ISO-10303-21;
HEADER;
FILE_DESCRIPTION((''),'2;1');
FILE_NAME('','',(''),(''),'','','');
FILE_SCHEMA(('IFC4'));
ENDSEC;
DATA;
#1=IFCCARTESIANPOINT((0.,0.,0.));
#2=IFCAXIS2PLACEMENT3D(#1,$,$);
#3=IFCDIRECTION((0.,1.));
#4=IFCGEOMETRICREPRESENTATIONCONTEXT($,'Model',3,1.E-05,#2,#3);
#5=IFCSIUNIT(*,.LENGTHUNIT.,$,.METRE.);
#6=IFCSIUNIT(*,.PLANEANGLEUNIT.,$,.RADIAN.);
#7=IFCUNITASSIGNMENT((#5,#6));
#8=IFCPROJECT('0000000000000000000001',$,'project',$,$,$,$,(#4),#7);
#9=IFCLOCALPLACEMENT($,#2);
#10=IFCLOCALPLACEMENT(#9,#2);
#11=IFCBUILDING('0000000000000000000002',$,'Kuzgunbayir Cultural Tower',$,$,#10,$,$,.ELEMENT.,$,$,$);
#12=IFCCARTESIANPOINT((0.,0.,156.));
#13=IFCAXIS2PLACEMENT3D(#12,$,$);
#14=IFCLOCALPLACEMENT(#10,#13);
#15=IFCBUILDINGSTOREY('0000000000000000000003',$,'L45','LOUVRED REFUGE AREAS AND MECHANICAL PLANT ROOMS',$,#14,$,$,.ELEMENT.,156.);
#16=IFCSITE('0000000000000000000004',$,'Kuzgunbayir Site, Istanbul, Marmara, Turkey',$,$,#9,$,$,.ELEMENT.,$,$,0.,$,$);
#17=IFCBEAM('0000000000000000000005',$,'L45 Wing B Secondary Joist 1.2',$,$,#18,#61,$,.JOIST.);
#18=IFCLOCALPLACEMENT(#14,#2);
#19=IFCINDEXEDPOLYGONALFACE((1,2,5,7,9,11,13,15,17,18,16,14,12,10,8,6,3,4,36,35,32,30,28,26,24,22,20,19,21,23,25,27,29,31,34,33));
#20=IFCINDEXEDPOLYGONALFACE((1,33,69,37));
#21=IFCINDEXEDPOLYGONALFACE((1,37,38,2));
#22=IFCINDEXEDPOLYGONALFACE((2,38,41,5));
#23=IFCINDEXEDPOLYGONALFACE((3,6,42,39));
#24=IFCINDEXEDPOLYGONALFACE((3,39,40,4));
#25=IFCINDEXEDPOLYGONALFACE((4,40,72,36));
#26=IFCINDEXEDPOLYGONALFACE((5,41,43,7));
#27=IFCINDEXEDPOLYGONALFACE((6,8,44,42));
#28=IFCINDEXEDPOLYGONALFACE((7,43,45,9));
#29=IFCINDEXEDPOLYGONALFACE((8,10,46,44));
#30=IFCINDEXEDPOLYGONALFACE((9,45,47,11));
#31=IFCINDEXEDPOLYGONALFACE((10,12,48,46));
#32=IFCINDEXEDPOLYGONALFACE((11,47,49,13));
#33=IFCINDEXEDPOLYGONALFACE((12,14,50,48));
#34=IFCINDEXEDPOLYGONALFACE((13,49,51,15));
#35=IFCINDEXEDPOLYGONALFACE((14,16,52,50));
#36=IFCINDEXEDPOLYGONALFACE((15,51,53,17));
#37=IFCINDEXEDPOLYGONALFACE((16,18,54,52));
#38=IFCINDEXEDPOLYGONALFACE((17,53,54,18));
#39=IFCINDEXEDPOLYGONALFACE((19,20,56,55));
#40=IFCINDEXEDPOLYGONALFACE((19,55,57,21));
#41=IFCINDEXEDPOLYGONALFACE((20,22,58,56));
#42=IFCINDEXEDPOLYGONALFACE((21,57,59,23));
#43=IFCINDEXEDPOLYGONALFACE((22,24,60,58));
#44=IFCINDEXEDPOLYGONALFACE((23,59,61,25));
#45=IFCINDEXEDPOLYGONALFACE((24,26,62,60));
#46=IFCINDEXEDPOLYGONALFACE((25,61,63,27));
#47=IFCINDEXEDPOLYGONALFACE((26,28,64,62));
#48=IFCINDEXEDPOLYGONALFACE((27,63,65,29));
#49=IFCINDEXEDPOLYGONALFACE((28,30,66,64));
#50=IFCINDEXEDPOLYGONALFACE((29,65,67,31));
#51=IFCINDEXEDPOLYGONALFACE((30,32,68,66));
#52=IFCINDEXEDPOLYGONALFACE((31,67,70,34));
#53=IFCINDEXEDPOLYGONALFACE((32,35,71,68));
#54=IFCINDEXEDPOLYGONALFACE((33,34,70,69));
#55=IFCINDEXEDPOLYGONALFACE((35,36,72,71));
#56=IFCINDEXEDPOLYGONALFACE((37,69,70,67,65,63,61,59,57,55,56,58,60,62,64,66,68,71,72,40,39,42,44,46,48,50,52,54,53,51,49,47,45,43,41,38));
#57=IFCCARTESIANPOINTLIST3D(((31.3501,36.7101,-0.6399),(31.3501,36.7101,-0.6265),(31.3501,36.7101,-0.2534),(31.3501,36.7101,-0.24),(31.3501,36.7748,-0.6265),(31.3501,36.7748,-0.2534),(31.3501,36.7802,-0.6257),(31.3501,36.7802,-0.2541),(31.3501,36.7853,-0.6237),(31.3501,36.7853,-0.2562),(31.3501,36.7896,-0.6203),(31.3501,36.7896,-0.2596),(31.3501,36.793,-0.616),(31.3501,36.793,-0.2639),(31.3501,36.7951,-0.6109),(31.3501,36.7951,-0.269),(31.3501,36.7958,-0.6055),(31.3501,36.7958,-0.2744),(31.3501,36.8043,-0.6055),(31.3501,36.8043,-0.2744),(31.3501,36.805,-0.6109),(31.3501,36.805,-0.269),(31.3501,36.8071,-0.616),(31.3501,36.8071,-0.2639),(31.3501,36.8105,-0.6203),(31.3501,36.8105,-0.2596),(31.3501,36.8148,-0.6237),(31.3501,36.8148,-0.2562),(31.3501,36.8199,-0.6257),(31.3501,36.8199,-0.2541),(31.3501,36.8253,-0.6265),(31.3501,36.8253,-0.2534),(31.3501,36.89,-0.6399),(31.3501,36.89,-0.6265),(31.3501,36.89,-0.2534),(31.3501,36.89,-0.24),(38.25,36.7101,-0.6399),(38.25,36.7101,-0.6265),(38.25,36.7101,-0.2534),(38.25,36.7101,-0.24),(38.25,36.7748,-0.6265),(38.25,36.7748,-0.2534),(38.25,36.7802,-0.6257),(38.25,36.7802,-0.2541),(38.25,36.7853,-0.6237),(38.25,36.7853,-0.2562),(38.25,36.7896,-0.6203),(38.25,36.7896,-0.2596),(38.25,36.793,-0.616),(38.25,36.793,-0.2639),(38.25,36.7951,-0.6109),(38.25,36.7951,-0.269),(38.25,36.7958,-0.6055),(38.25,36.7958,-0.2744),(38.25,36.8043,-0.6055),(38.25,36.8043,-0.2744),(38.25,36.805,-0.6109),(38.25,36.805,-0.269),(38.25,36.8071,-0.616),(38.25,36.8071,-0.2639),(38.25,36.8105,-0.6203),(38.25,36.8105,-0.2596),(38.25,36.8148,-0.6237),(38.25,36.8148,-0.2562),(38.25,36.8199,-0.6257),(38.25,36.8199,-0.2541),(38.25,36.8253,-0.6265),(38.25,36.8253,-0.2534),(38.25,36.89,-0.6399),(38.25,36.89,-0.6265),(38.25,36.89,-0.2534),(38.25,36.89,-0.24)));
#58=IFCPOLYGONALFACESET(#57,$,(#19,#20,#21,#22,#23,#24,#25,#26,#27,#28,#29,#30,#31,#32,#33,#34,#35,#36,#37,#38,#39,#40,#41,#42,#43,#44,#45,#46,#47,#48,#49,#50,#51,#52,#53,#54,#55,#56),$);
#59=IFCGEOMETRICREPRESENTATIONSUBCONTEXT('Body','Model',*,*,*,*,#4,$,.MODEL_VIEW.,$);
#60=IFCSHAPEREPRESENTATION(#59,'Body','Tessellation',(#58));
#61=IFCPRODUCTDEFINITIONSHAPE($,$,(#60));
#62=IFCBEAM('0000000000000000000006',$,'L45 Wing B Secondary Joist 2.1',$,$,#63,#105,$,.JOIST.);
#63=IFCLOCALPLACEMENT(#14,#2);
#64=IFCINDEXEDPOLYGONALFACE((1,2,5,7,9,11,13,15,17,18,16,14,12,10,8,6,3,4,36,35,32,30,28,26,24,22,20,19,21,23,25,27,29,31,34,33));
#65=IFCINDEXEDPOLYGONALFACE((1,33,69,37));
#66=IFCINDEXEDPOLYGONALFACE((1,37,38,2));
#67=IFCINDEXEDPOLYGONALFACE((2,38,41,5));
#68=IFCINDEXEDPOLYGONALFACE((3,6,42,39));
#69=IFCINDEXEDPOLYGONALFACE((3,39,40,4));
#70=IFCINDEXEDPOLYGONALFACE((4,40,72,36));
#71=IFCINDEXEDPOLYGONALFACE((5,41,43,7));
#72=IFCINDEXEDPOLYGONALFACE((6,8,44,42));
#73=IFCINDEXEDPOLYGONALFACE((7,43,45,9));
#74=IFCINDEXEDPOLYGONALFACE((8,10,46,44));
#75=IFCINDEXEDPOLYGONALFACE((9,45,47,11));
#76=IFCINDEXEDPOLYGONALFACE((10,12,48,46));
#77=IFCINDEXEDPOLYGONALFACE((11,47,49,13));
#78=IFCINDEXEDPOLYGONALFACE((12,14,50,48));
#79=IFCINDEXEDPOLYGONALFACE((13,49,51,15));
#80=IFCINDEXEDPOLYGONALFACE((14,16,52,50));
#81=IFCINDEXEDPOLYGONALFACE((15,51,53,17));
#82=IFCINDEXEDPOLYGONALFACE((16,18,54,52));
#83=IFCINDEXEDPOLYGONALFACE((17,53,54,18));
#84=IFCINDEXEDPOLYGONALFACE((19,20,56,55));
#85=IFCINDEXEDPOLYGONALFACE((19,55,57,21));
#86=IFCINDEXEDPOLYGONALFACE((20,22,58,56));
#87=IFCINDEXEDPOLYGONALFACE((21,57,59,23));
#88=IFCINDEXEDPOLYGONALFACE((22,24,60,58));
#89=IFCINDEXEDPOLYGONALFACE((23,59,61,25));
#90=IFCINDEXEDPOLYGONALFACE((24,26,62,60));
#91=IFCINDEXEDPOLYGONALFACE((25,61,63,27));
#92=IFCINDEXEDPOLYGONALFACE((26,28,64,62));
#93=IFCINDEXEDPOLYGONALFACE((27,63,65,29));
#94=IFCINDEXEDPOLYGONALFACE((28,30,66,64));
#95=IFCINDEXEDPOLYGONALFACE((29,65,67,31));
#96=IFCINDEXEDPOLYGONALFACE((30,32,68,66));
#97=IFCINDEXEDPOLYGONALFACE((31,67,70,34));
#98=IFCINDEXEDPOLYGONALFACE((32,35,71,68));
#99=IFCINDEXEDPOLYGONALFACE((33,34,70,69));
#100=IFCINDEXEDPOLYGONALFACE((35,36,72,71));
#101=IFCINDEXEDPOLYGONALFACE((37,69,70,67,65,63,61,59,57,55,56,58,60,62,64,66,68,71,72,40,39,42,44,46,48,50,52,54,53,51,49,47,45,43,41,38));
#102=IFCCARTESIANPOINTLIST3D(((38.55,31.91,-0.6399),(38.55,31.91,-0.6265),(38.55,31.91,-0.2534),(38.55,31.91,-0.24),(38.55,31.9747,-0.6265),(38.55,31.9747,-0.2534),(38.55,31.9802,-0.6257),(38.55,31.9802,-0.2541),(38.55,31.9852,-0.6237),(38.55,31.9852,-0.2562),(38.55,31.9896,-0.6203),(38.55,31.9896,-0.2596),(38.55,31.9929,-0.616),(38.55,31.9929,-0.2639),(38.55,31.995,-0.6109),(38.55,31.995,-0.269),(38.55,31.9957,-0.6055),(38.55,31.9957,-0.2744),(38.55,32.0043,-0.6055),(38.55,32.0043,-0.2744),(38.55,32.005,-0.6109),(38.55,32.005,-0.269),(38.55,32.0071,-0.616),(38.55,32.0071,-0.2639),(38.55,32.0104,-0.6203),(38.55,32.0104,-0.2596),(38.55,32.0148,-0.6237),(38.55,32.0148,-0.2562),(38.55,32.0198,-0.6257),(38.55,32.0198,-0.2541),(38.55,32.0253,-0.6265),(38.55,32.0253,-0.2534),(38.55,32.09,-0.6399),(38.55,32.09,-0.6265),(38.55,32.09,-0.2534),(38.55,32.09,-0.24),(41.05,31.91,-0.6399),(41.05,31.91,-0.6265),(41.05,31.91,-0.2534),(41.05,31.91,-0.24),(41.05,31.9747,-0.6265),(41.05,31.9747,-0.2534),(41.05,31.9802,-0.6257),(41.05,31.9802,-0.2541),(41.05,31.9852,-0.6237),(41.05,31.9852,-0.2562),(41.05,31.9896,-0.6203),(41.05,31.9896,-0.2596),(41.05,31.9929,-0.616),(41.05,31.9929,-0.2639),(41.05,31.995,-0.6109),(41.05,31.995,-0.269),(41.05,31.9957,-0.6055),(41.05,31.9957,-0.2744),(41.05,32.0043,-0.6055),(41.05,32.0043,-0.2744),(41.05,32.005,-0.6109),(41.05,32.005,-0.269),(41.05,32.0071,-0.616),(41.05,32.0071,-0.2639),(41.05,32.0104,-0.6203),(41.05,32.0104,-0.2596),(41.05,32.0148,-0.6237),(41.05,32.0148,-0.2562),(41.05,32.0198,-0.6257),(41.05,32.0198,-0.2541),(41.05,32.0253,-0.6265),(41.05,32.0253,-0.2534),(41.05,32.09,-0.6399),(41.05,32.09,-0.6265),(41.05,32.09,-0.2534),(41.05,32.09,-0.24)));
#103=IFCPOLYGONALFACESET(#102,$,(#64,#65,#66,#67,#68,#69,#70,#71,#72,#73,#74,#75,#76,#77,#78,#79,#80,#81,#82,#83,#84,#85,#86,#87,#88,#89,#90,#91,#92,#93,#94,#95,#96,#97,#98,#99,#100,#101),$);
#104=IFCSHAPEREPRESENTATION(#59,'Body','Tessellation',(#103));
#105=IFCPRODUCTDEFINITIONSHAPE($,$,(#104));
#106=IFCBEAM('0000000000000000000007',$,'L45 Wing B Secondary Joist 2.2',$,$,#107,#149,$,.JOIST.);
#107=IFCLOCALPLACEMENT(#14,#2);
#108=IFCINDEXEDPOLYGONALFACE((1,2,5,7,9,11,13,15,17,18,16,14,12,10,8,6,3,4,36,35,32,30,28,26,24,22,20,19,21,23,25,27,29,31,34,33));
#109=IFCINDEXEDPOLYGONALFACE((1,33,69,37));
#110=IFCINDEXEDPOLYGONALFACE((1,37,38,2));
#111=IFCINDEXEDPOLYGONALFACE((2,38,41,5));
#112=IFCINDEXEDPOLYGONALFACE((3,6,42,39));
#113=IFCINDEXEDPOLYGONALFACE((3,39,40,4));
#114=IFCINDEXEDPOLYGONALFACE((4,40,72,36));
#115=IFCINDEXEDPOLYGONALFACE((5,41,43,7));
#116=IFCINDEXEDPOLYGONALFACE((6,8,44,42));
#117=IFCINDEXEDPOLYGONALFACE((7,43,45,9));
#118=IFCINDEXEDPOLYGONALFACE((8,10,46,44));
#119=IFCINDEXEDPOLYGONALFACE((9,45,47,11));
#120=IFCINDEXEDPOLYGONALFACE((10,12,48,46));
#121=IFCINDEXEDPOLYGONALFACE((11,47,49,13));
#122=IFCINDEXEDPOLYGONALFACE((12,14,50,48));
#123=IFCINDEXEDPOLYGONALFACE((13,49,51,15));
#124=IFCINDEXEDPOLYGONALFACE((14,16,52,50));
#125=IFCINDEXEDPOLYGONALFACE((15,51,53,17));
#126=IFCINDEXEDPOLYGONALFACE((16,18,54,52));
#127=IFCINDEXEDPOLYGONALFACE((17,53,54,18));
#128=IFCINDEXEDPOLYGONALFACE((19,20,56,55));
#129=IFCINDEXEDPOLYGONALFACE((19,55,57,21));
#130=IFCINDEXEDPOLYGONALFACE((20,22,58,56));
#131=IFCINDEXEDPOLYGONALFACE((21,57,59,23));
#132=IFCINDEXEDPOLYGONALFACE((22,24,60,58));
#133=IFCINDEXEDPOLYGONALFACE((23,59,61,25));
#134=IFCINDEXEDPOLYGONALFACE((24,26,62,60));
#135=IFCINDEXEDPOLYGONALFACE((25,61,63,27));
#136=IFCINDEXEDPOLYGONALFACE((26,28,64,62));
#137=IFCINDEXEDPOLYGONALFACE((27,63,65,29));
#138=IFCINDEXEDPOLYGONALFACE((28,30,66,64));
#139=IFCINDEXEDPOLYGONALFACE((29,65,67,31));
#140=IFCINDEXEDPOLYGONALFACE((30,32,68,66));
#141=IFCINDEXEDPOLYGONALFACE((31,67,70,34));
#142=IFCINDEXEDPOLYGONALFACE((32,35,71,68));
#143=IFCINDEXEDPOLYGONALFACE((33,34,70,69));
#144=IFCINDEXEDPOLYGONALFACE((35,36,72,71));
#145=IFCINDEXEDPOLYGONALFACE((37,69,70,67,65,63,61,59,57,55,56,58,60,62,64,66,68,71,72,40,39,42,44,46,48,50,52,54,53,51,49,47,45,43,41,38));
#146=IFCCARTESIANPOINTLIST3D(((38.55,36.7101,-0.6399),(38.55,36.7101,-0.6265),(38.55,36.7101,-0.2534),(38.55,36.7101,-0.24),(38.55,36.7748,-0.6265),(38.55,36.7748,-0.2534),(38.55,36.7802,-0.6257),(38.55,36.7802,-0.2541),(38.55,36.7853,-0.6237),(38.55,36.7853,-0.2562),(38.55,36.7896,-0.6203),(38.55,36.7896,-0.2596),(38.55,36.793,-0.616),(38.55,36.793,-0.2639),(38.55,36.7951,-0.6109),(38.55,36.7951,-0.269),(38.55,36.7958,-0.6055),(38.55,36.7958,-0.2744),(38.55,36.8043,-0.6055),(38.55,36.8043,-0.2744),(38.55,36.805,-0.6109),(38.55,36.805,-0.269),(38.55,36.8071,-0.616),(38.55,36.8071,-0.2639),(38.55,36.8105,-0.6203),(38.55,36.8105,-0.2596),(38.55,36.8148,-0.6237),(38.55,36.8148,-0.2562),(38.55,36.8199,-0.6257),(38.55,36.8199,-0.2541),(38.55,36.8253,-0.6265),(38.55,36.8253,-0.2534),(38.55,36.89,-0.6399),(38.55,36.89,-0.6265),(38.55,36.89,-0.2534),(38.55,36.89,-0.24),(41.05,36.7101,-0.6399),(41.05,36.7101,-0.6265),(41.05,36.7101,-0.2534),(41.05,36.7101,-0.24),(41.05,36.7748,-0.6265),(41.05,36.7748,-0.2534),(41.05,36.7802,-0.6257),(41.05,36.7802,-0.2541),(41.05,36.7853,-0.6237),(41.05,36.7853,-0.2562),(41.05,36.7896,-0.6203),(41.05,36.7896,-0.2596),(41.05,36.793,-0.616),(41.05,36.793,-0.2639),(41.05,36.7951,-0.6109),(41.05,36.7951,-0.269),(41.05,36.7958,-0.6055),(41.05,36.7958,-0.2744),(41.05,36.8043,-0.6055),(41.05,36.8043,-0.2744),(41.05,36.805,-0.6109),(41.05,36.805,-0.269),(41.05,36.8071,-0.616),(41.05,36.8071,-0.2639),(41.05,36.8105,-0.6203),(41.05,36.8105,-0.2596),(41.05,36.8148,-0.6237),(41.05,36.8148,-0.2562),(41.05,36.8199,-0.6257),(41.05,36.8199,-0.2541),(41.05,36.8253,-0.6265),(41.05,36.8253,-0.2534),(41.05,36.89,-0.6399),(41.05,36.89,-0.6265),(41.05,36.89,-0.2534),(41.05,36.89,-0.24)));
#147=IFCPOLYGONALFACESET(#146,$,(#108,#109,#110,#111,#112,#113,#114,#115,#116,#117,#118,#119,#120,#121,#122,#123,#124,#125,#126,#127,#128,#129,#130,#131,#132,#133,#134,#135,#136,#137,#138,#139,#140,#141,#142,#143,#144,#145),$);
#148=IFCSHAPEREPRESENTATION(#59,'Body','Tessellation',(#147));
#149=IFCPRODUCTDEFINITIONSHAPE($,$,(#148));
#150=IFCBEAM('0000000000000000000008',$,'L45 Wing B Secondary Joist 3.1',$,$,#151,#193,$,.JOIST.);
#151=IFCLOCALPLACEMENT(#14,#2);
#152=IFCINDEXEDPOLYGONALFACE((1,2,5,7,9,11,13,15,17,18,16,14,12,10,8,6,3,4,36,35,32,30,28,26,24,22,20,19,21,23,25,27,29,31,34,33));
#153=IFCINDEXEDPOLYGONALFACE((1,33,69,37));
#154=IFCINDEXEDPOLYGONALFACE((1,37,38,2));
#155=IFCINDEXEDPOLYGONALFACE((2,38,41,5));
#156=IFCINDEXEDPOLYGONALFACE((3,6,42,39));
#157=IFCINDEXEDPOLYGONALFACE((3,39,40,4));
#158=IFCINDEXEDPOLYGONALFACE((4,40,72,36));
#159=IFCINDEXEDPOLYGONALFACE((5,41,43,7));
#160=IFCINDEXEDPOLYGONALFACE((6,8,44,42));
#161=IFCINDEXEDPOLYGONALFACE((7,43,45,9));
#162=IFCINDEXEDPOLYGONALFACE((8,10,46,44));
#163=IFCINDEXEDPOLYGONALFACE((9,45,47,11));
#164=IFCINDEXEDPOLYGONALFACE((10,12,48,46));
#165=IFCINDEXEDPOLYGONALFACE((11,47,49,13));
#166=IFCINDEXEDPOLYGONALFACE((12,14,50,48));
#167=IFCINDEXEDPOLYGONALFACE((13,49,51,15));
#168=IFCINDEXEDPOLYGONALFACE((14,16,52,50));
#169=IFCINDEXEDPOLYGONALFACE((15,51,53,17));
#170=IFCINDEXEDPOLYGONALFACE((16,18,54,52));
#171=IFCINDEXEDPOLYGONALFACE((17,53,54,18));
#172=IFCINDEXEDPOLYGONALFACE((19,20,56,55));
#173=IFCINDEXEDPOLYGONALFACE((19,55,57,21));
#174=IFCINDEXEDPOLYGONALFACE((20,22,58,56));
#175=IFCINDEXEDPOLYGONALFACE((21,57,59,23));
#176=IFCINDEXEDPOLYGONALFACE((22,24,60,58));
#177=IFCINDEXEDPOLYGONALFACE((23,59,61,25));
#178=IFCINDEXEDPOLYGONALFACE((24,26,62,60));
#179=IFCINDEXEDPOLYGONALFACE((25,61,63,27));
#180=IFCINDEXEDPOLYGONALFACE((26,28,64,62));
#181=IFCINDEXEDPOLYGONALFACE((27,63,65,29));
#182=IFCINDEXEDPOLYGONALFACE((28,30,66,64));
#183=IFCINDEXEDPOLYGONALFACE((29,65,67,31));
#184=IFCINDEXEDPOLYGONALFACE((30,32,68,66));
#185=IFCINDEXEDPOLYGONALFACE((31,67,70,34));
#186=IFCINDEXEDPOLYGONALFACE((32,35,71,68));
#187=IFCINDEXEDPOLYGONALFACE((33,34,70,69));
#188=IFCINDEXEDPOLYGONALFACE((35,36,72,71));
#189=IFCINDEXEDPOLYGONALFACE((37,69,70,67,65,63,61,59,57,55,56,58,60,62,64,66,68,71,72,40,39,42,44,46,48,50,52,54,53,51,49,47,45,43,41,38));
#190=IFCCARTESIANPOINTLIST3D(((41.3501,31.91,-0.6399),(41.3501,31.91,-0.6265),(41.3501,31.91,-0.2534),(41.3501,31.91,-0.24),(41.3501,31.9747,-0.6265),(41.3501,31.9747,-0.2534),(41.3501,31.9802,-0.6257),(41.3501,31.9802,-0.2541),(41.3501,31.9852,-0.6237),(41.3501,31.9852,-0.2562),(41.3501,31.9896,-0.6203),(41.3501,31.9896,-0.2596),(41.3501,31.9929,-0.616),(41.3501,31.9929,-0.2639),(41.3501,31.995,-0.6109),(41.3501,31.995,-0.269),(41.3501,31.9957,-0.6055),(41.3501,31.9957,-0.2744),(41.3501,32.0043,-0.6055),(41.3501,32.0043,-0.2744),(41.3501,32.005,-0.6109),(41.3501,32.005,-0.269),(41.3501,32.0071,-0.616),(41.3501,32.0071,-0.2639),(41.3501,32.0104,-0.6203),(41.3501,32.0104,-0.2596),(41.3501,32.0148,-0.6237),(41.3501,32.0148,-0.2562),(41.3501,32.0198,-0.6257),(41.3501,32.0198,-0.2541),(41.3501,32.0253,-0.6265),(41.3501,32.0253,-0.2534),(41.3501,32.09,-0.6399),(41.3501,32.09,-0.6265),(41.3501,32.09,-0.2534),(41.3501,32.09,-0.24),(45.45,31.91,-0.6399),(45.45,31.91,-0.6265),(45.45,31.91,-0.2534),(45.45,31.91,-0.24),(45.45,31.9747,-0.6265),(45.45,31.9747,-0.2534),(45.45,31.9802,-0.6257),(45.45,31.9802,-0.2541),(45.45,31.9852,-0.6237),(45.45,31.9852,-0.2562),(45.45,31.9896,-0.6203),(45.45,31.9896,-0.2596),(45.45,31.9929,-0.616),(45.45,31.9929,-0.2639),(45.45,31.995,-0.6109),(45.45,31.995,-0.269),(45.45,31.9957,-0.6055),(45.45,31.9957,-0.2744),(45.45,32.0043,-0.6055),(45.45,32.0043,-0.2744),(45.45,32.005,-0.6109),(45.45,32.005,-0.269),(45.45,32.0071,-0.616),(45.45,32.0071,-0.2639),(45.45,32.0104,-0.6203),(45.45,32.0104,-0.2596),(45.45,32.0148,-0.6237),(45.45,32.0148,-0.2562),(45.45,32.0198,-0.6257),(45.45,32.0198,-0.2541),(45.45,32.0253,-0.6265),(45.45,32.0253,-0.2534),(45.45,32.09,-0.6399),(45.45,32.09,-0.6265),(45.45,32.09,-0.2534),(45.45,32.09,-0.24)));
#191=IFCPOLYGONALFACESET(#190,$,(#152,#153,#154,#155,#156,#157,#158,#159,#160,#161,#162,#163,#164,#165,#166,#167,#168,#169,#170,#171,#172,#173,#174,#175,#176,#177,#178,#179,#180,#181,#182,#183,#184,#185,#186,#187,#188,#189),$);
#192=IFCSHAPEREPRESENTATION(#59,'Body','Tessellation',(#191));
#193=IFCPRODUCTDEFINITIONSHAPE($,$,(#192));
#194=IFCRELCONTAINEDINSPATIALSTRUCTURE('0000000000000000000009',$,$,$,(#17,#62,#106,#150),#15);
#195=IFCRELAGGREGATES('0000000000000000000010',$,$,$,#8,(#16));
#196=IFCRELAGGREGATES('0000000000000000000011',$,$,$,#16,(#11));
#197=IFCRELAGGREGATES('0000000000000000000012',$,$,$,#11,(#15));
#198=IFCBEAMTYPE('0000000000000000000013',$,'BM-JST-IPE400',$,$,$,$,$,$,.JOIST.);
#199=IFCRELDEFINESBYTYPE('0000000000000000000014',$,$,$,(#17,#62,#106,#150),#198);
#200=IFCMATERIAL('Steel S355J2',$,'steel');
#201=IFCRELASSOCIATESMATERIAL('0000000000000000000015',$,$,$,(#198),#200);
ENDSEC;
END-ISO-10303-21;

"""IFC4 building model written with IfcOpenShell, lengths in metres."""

from ifc_helpers import new_model, si_unit, direction, frame, origin, origin_2d, place, context, subcontext, project, spatial, i_section, extrude, material, material_profile, profile_set, type_object, element, save


model = new_model("IFC4")

# Units and contexts
model_context = context("Model", 3, precision=1e-05, world=origin(), true_north=direction((0.0, 1.0)))
body_context = subcontext(model_context, "Body", "Model", "MODEL_VIEW")
ifc_project = project(units=[si_unit("LENGTHUNIT", "METRE"), si_unit("PLANEANGLEUNIT", "RADIAN")], contexts=[model_context])

# Site, building, storey
site_placement = place(None, origin())
site = spatial("IfcSite", under=ifc_project, at=site_placement, Name="Kuzgunbayir Site, Istanbul, Marmara, Turkey", CompositionType="ELEMENT", RefElevation=0.0)
building_placement = place(site_placement, origin())
building = spatial("IfcBuilding", under=site, at=building_placement, Name="Kuzgunbayir Cultural Tower", CompositionType="ELEMENT")
storey_placement = place(building_placement, frame((0.0, 0.0, 156.0)))
storey = spatial("IfcBuildingStorey", under=building, at=storey_placement, Name="L45", Description="LOUVRED REFUGE AREAS AND MECHANICAL PLANT ROOMS", CompositionType="ELEMENT", Elevation=156.0)

# Beams
ifc_material_1 = material(Name="Steel S355J2", Category="steel")
ifc_material_profile_1 = material_profile(ifc_material_1, i_section(OverallWidth=0.1799, OverallDepth=0.3999, WebThickness=0.0085, FlangeThickness=0.0134, FilletRadius=0.021, at=origin_2d()), Name="IPE 400")
ifc_profile_set_1 = profile_set([ifc_material_profile_1], Name="Steel S355J2")
beam_type_1 = type_object("IfcBeamType", Name="BM-JST-IPE400", PredefinedType="JOIST", material=ifc_profile_set_1)
for number, where, z_axis, x_axis, name in (
    (1, (31.3501, 36.8, -0.4399), (1.0, 0.0, 0.0), (0.0, 1.0, 0.0), "L45 Wing B Secondary Joist 1.2"),
):
    element("IfcBeam", number, at=place(storey_placement, frame(where, z_axis=z_axis, x_axis=x_axis)), inside=storey, type_object=beam_type_1, Name=name, PredefinedType="JOIST", context=body_context, shape_type="SweptSolid", body=[
        extrude(i_section(OverallWidth=0.1799, OverallDepth=0.3999, WebThickness=0.0085, FlangeThickness=0.0134, FilletRadius=0.021, at=origin_2d()), origin(), (0.0, 0.0, 1.0), 6.8999),
    ])
for number, where, z_axis, x_axis, name in (
    (2, (38.55, 32.0, -0.4399), (1.0, 0.0, 0.0), (0.0, 1.0, 0.0), "L45 Wing B Secondary Joist 2.1"),
    (3, (38.55, 36.8, -0.4399), (1.0, 0.0, 0.0), (0.0, 1.0, 0.0), "L45 Wing B Secondary Joist 2.2"),
):
    element("IfcBeam", number, at=place(storey_placement, frame(where, z_axis=z_axis, x_axis=x_axis)), inside=storey, type_object=beam_type_1, Name=name, PredefinedType="JOIST", context=body_context, shape_type="SweptSolid", body=[
        extrude(i_section(OverallWidth=0.1799, OverallDepth=0.3999, WebThickness=0.0085, FlangeThickness=0.0134, FilletRadius=0.021, at=origin_2d()), origin(), (0.0, 0.0, 1.0), 2.5),
    ])
for number, where, z_axis, x_axis, name in (
    (4, (41.3501, 32.0, -0.4399), (1.0, 0.0, 0.0), (0.0, 1.0, 0.0), "L45 Wing B Secondary Joist 3.1"),
):
    element("IfcBeam", number, at=place(storey_placement, frame(where, z_axis=z_axis, x_axis=x_axis)), inside=storey, type_object=beam_type_1, Name=name, PredefinedType="JOIST", context=body_context, shape_type="SweptSolid", body=[
        extrude(i_section(OverallWidth=0.1799, OverallDepth=0.3999, WebThickness=0.0085, FlangeThickness=0.0134, FilletRadius=0.021, at=origin_2d()), origin(), (0.0, 0.0, 1.0), 4.0999),
    ])

save(model, "model.ifc")
